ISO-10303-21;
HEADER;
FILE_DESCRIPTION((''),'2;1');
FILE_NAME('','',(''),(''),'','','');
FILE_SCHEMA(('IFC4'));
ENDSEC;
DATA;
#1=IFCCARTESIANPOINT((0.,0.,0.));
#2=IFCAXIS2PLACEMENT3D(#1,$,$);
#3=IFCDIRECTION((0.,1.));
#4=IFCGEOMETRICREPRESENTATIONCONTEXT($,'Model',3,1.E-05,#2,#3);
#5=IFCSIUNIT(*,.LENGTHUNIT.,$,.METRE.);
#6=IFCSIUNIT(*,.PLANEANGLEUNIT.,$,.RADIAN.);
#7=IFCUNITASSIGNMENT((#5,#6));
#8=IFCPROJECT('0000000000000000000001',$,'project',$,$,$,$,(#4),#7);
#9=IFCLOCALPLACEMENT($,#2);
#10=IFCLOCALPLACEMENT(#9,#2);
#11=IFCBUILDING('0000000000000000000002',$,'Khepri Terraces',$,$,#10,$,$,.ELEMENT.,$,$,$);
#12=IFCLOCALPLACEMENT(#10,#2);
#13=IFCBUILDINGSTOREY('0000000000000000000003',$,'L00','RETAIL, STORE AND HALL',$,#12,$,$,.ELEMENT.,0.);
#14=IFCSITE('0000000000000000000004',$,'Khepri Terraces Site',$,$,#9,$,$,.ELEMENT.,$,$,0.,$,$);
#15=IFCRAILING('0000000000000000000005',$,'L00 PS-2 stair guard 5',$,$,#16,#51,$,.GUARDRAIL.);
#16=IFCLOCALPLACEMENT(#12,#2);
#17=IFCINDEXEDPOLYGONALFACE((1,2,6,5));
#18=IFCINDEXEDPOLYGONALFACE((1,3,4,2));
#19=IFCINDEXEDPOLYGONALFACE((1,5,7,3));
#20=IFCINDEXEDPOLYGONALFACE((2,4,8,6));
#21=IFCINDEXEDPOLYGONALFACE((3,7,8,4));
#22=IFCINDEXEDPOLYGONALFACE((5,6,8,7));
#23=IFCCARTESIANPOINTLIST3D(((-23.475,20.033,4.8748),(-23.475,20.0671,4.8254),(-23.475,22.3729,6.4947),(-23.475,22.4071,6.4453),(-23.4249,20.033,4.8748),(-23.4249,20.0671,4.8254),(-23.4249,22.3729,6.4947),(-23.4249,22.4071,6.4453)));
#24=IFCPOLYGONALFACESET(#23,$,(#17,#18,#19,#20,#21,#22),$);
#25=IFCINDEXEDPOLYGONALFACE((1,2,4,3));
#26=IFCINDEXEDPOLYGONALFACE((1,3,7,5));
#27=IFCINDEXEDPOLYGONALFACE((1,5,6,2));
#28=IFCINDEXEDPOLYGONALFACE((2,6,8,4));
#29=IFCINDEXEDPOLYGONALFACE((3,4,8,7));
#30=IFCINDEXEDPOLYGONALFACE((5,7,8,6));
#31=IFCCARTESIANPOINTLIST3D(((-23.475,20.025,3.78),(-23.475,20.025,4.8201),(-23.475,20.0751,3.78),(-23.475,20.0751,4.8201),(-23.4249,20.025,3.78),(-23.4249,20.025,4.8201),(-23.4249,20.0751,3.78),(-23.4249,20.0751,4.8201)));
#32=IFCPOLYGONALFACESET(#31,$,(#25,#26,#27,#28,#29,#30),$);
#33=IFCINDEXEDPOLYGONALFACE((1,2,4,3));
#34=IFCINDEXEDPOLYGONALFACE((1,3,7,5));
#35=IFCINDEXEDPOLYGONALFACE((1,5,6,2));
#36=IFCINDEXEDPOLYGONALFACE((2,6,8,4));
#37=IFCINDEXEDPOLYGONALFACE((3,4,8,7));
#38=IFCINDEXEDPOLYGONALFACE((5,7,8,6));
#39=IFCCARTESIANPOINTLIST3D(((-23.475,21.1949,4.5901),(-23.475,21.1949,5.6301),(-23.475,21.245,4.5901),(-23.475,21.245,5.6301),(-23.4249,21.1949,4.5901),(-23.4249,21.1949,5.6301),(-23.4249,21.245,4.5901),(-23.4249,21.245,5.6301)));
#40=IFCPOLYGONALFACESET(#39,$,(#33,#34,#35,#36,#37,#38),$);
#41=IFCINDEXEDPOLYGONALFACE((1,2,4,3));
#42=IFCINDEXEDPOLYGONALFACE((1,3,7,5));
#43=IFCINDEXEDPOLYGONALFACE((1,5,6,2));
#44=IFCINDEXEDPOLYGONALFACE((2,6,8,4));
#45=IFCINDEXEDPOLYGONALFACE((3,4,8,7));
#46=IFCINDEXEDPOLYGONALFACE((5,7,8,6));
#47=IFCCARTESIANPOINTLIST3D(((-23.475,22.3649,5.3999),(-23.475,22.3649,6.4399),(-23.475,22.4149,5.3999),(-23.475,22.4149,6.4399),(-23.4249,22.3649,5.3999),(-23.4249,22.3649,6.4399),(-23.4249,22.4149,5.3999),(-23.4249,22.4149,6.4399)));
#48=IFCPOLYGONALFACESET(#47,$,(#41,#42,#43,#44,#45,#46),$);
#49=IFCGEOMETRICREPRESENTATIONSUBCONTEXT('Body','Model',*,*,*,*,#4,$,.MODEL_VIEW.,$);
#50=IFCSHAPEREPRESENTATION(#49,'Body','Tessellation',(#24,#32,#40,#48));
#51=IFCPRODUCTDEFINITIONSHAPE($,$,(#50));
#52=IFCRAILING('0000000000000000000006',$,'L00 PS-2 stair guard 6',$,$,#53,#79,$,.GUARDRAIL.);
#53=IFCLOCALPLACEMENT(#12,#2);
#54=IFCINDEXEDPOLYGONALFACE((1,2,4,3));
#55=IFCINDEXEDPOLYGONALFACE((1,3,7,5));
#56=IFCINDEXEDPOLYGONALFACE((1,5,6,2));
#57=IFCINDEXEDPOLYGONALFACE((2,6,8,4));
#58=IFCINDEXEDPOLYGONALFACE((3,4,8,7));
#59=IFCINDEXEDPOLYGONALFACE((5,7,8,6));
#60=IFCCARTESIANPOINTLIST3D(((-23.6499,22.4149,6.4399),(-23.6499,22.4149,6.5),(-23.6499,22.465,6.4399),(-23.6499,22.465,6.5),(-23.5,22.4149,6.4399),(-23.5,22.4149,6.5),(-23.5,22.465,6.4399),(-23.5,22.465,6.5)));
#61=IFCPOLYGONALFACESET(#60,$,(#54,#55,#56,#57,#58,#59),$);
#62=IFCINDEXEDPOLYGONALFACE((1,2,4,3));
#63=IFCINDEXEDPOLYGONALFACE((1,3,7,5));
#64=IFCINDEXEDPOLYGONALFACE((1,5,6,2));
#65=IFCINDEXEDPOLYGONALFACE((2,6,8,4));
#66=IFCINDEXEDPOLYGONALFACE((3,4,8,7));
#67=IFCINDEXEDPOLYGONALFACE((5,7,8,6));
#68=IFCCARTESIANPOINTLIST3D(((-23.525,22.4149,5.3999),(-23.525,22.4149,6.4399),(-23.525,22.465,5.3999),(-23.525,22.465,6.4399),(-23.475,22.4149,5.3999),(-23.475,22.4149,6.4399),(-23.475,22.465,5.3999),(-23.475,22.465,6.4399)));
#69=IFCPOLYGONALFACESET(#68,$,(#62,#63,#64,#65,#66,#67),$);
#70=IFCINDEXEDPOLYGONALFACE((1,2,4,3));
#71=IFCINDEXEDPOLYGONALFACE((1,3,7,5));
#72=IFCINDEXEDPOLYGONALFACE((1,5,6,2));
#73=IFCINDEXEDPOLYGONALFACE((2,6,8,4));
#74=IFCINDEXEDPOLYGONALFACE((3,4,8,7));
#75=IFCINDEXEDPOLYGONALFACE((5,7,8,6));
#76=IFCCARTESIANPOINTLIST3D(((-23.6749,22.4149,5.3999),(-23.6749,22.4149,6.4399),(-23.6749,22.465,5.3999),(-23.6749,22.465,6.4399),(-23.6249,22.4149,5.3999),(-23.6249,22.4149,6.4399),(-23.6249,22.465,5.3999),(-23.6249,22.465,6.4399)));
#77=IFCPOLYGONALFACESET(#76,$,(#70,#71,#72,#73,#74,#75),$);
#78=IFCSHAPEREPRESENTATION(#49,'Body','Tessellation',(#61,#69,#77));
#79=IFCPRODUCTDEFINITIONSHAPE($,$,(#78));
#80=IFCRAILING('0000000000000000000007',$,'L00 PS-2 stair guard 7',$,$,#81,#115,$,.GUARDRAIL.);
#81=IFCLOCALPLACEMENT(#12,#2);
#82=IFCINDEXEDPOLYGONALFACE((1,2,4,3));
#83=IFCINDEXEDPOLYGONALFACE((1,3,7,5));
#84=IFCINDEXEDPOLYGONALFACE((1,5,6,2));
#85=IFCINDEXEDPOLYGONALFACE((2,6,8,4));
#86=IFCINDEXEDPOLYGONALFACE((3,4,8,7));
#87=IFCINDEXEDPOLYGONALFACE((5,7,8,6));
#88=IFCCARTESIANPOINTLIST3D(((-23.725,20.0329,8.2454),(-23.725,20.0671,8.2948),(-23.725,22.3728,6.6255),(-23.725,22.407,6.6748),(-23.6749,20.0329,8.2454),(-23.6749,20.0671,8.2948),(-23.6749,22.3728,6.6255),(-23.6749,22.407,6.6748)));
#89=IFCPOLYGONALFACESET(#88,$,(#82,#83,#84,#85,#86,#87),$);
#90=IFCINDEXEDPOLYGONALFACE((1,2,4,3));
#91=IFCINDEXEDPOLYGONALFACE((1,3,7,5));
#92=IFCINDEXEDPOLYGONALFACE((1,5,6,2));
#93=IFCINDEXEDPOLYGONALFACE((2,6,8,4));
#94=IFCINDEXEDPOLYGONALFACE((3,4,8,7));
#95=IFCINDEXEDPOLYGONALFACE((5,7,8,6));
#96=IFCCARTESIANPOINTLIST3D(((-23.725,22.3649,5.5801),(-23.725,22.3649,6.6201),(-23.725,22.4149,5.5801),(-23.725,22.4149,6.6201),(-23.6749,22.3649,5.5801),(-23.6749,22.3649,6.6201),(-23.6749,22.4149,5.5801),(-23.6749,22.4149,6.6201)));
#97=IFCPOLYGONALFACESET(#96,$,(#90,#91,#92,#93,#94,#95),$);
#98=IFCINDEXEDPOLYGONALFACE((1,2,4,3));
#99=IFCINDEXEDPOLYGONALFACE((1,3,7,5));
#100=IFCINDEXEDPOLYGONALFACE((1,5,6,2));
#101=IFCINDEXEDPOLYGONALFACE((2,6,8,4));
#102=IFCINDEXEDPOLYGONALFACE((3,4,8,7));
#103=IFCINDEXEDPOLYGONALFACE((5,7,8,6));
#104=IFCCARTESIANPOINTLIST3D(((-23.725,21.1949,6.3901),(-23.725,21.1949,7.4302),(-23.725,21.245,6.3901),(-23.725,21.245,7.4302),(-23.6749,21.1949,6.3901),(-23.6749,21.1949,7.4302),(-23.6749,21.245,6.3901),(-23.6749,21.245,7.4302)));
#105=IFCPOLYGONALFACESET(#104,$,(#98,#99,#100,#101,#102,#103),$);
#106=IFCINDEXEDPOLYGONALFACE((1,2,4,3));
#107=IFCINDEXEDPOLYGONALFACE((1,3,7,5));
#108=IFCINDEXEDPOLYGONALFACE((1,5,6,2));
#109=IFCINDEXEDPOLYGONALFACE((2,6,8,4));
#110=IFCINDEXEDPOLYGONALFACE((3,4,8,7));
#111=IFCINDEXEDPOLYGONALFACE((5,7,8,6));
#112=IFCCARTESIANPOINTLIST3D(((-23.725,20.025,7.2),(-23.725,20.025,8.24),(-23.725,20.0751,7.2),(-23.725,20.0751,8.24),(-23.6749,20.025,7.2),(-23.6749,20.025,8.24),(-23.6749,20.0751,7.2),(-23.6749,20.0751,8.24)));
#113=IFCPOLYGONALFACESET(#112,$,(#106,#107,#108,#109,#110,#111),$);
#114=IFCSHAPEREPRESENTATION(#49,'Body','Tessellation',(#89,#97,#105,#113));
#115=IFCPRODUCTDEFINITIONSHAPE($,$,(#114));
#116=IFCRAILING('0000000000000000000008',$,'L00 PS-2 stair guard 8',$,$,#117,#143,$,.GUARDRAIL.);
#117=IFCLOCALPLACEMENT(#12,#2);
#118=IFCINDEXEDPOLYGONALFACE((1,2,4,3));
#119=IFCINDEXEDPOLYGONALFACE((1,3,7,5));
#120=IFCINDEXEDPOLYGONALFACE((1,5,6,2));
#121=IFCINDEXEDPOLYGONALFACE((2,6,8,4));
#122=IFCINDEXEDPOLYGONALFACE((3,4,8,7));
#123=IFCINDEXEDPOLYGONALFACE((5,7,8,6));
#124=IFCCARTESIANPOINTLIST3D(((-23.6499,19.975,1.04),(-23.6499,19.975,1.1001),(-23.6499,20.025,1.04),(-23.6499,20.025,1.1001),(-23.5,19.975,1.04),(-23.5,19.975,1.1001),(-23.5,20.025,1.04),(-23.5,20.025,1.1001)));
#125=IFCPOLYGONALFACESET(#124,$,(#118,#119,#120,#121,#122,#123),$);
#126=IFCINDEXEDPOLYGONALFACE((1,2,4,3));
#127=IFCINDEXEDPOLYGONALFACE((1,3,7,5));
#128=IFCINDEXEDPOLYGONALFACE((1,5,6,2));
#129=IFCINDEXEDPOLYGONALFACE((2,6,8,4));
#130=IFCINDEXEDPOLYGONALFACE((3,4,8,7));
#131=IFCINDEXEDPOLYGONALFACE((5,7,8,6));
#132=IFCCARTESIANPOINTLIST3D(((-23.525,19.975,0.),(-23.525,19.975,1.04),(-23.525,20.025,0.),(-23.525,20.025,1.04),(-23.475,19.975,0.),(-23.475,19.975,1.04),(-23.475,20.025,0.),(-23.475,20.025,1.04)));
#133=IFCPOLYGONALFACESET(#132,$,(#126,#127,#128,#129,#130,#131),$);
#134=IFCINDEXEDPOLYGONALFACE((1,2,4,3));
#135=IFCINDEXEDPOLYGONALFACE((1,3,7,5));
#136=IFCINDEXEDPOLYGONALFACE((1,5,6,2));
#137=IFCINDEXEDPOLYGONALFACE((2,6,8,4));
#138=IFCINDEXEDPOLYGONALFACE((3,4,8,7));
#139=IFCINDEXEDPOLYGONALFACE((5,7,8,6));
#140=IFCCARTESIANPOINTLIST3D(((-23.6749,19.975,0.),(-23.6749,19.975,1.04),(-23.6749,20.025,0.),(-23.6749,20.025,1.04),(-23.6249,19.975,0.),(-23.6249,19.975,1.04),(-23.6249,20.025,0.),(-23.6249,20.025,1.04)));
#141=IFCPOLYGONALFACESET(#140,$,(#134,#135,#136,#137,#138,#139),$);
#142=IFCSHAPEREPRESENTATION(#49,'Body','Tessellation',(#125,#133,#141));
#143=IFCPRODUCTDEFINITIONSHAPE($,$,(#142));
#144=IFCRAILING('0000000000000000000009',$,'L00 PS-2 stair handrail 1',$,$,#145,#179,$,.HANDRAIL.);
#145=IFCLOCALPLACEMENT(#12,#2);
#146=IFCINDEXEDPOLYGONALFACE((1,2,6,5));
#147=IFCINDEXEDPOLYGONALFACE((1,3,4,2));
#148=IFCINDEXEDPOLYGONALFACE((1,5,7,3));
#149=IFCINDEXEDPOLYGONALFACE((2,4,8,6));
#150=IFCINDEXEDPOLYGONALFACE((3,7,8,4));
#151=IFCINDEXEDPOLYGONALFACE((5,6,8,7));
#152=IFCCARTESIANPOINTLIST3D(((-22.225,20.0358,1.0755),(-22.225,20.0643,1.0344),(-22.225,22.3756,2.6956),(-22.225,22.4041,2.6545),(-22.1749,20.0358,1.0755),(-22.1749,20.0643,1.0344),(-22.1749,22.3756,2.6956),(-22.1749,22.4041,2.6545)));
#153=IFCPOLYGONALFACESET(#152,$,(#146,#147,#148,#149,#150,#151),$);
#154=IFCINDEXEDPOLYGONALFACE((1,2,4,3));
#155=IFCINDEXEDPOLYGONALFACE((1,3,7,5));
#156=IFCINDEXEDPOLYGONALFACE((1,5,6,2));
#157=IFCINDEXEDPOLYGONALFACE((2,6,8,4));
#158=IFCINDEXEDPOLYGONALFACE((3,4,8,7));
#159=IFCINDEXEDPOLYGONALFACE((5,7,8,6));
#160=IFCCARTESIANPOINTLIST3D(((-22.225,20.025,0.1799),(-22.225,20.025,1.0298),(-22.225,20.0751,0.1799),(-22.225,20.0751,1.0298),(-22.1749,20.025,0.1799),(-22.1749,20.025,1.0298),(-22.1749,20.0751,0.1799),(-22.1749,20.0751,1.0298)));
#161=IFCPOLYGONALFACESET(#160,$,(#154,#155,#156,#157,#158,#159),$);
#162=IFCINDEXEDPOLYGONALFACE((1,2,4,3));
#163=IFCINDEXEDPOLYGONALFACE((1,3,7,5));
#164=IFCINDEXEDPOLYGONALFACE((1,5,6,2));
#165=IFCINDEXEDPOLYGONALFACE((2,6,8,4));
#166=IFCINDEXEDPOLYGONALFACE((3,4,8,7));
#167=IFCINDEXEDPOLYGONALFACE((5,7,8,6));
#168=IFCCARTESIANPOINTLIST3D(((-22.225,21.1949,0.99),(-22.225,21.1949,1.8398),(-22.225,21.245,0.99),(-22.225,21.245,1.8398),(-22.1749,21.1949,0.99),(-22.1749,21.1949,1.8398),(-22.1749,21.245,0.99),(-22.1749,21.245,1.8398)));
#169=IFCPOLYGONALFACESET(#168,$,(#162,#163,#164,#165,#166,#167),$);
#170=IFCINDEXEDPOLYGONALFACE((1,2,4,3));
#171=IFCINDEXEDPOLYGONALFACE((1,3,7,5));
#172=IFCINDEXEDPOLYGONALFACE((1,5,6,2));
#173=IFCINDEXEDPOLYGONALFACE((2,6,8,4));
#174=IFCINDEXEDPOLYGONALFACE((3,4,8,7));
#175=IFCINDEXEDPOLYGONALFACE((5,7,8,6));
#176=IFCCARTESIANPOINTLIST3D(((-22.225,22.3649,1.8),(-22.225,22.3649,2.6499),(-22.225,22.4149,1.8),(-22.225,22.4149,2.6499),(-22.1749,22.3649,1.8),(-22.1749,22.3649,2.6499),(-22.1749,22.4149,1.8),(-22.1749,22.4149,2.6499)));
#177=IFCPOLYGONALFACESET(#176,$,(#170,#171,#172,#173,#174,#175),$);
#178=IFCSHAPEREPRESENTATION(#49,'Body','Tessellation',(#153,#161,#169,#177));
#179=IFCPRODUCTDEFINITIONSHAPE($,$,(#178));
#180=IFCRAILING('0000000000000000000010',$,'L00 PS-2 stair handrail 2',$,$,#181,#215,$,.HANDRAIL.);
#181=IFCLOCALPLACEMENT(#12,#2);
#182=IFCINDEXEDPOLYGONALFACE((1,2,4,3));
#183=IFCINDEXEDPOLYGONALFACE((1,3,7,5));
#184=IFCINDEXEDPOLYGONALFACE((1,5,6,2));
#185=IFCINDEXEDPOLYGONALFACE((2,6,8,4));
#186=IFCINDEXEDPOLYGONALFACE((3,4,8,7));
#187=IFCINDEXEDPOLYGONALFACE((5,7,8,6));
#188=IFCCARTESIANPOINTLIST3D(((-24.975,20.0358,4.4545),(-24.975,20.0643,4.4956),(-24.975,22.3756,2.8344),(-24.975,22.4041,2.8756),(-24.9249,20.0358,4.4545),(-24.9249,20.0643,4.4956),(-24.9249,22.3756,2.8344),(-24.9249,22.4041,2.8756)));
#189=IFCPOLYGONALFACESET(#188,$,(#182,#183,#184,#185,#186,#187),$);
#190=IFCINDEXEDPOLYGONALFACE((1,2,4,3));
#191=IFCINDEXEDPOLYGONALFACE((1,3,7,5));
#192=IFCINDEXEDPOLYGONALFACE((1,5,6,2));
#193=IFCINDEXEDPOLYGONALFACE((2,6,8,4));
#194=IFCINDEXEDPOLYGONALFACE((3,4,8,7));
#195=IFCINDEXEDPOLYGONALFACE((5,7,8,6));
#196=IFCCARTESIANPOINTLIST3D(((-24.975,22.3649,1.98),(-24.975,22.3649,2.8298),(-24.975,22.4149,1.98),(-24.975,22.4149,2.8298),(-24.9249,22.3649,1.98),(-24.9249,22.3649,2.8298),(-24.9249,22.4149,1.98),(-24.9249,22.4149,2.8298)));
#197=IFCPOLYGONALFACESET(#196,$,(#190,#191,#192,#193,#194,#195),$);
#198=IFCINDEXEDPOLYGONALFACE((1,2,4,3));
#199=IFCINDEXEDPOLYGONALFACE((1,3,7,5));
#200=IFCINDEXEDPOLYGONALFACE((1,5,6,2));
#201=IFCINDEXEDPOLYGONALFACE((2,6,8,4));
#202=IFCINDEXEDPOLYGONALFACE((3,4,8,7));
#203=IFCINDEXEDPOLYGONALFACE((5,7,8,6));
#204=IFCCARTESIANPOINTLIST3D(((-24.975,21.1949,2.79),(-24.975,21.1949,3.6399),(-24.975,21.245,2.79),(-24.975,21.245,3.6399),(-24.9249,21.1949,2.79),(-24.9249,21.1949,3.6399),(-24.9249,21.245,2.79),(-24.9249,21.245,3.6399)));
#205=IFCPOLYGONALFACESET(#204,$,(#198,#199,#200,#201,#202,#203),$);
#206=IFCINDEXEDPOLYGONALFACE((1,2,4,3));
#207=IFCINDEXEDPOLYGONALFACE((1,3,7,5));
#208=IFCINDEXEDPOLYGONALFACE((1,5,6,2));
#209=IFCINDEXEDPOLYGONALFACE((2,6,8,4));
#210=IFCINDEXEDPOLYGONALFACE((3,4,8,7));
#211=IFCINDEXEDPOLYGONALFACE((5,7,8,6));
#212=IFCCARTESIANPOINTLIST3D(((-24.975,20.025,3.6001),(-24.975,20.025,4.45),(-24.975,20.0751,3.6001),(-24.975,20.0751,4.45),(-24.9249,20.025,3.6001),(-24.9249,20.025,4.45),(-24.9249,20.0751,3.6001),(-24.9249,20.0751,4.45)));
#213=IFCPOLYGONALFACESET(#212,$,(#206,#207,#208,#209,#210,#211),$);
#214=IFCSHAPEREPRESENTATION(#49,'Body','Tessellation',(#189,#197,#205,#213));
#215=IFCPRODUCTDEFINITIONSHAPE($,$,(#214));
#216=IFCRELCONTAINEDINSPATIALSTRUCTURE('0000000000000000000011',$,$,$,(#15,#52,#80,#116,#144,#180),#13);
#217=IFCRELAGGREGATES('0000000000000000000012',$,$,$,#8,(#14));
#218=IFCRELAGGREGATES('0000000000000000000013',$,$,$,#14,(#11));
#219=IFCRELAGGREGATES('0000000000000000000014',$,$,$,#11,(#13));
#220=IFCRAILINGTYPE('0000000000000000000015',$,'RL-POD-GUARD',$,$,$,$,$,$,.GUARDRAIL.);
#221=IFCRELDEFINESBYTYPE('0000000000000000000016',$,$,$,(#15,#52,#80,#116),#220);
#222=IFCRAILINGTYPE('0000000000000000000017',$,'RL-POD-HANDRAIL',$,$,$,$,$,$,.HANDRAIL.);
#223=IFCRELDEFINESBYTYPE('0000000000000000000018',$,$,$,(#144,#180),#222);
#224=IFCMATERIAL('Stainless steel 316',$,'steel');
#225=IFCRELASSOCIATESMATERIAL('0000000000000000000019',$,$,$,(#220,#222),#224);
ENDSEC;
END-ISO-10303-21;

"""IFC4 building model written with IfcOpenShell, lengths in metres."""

from ifc_helpers import new_model, si_unit, direction, frame, origin, origin_2d, place, context, subcontext, project, spatial, rectangle, extrude, material, type_object, element, save


model = new_model("IFC4")

# Units and contexts
model_context = context("Model", 3, precision=1e-05, world=origin(), true_north=direction((0.0, 1.0)))
body_context = subcontext(model_context, "Body", "Model", "MODEL_VIEW")
ifc_project = project(units=[si_unit("LENGTHUNIT", "METRE"), si_unit("PLANEANGLEUNIT", "RADIAN")], contexts=[model_context])

# Site, building, storey
site_placement = place(None, origin())
site = spatial("IfcSite", under=ifc_project, at=site_placement, Name="Khepri Terraces Site", CompositionType="ELEMENT", RefElevation=0.0)
building_placement = place(site_placement, origin())
building = spatial("IfcBuilding", under=site, at=building_placement, Name="Khepri Terraces", CompositionType="ELEMENT")
storey_placement = place(building_placement, origin())
storey = spatial("IfcBuildingStorey", under=building, at=storey_placement, Name="L00", Description="RETAIL, STORE AND HALL", CompositionType="ELEMENT", Elevation=0.0)

# Railings
ifc_material_1 = material(Name="Stainless steel 316", Category="steel")
railing_type_1 = type_object("IfcRailingType", Name="RL-POD-GUARD", PredefinedType="GUARDRAIL", material=ifc_material_1)
railing_1_placement = place(storey_placement, frame((-23.45, 20.05, 3.78)))
element("IfcRailing", 1, at=railing_1_placement, inside=storey, type_object=railing_type_1, Name="L00 PS-2 stair guard 5", PredefinedType="GUARDRAIL", context=body_context, shape_type="SweptSolid", body=[
    extrude(rectangle(XDim=0.05, YDim=0.0601, at=origin_2d()), frame((0.0, 0.0, 1.0701), z_axis=(0.0, 0.822195, 0.569206), x_axis=(-1.0, 0.0, 0.0)), (0.0, 0.0, 1.0), 2.8459),
    extrude(rectangle(XDim=0.05, YDim=0.05, at=origin_2d()), origin(), (0.0, 0.0, 1.0), 1.04),
    extrude(rectangle(XDim=0.05, YDim=0.05, at=origin_2d()), frame((0.0, 1.1699, 0.8101)), (0.0, 0.0, 1.0), 1.04),
    extrude(rectangle(XDim=0.05, YDim=0.05, at=origin_2d()), frame((0.0, 2.3398, 1.6199)), (0.0, 0.0, 1.0), 1.04),
])
railing_2_placement = place(storey_placement, frame((-23.5, 22.4399, 5.3999)))
element("IfcRailing", 2, at=railing_2_placement, inside=storey, type_object=railing_type_1, Name="L00 PS-2 stair guard 6", PredefinedType="GUARDRAIL", context=body_context, shape_type="SweptSolid", body=[
    extrude(rectangle(XDim=0.05, YDim=0.0601, at=origin_2d()), frame((0.0, 0.0, 1.0701), z_axis=(-1.0, 0.0, 0.0), x_axis=(0.0, -1.0, 0.0)), (0.0, 0.0, 1.0), 0.1499),
    extrude(rectangle(XDim=0.05, YDim=0.05, at=origin_2d()), origin(), (0.0, 0.0, 1.0), 1.04),
    extrude(rectangle(XDim=0.05, YDim=0.05, at=origin_2d()), frame((-0.1499, 0.0, 0.0)), (0.0, 0.0, 1.0), 1.04),
])
railing_3_placement = place(storey_placement, frame((-23.7, 22.3899, 5.5801)))
element("IfcRailing", 3, at=railing_3_placement, inside=storey, type_object=railing_type_1, Name="L00 PS-2 stair guard 7", PredefinedType="GUARDRAIL", context=body_context, shape_type="SweptSolid", body=[
    extrude(rectangle(XDim=0.05, YDim=0.0601, at=origin_2d()), frame((0.0, 0.0, 1.0701), z_axis=(0.0, -0.822195, 0.569206), x_axis=(1.0, 0.0, 0.0)), (0.0, 0.0, 1.0), 2.8459),
    extrude(rectangle(XDim=0.05, YDim=0.05, at=origin_2d()), origin(), (0.0, 0.0, 1.0), 1.04),
    extrude(rectangle(XDim=0.05, YDim=0.05, at=origin_2d()), frame((0.0, -1.1699, 0.8101)), (0.0, 0.0, 1.0), 1.04),
    extrude(rectangle(XDim=0.05, YDim=0.05, at=origin_2d()), frame((0.0, -2.3398, 1.6199)), (0.0, 0.0, 1.0), 1.04),
])
railing_4_placement = place(storey_placement, frame((-23.5, 20.0, 0.0)))
element("IfcRailing", 4, at=railing_4_placement, inside=storey, type_object=railing_type_1, Name="L00 PS-2 stair guard 8", PredefinedType="GUARDRAIL", context=body_context, shape_type="SweptSolid", body=[
    extrude(rectangle(XDim=0.05, YDim=0.0601, at=origin_2d()), frame((0.0, 0.0, 1.0701), z_axis=(-1.0, 0.0, 0.0), x_axis=(0.0, -1.0, 0.0)), (0.0, 0.0, 1.0), 0.1499),
    extrude(rectangle(XDim=0.05, YDim=0.05, at=origin_2d()), origin(), (0.0, 0.0, 1.0), 1.04),
    extrude(rectangle(XDim=0.05, YDim=0.05, at=origin_2d()), frame((-0.1499, 0.0, 0.0)), (0.0, 0.0, 1.0), 1.04),
])
railing_type_2 = type_object("IfcRailingType", Name="RL-POD-HANDRAIL", PredefinedType="HANDRAIL", material=ifc_material_1)
railing_5_placement = place(storey_placement, frame((-22.2, 20.05, 0.1799)))
element("IfcRailing", 5, at=railing_5_placement, inside=storey, type_object=railing_type_2, Name="L00 PS-2 stair handrail 1", PredefinedType="HANDRAIL", context=body_context, shape_type="SweptSolid", body=[
    extrude(rectangle(XDim=0.05, YDim=0.05, at=origin_2d()), frame((0.0, 0.0, 0.875), z_axis=(0.0, 0.822155, 0.569264), x_axis=(-1.0, 0.0, 0.0)), (0.0, 0.0, 1.0), 2.8459),
    extrude(rectangle(XDim=0.05, YDim=0.05, at=origin_2d()), origin(), (0.0, 0.0, 1.0), 0.8499),
    extrude(rectangle(XDim=0.05, YDim=0.05, at=origin_2d()), frame((0.0, 1.1699, 0.8101)), (0.0, 0.0, 1.0), 0.8499),
    extrude(rectangle(XDim=0.05, YDim=0.05, at=origin_2d()), frame((0.0, 2.3398, 1.6201)), (0.0, 0.0, 1.0), 0.8499),
])
railing_6_placement = place(storey_placement, frame((-24.95, 22.3899, 1.98)))
element("IfcRailing", 6, at=railing_6_placement, inside=storey, type_object=railing_type_2, Name="L00 PS-2 stair handrail 2", PredefinedType="HANDRAIL", context=body_context, shape_type="SweptSolid", body=[
    extrude(rectangle(XDim=0.05, YDim=0.05, at=origin_2d()), frame((0.0, 0.0, 0.875), z_axis=(0.0, -0.822155, 0.569264), x_axis=(1.0, 0.0, 0.0)), (0.0, 0.0, 1.0), 2.8459),
    extrude(rectangle(XDim=0.05, YDim=0.05, at=origin_2d()), origin(), (0.0, 0.0, 1.0), 0.8499),
    extrude(rectangle(XDim=0.05, YDim=0.05, at=origin_2d()), frame((0.0, -1.1699, 0.8101)), (0.0, 0.0, 1.0), 0.8499),
    extrude(rectangle(XDim=0.05, YDim=0.05, at=origin_2d()), frame((0.0, -2.3398, 1.6201)), (0.0, 0.0, 1.0), 0.8499),
])

save(model, "model.ifc")
